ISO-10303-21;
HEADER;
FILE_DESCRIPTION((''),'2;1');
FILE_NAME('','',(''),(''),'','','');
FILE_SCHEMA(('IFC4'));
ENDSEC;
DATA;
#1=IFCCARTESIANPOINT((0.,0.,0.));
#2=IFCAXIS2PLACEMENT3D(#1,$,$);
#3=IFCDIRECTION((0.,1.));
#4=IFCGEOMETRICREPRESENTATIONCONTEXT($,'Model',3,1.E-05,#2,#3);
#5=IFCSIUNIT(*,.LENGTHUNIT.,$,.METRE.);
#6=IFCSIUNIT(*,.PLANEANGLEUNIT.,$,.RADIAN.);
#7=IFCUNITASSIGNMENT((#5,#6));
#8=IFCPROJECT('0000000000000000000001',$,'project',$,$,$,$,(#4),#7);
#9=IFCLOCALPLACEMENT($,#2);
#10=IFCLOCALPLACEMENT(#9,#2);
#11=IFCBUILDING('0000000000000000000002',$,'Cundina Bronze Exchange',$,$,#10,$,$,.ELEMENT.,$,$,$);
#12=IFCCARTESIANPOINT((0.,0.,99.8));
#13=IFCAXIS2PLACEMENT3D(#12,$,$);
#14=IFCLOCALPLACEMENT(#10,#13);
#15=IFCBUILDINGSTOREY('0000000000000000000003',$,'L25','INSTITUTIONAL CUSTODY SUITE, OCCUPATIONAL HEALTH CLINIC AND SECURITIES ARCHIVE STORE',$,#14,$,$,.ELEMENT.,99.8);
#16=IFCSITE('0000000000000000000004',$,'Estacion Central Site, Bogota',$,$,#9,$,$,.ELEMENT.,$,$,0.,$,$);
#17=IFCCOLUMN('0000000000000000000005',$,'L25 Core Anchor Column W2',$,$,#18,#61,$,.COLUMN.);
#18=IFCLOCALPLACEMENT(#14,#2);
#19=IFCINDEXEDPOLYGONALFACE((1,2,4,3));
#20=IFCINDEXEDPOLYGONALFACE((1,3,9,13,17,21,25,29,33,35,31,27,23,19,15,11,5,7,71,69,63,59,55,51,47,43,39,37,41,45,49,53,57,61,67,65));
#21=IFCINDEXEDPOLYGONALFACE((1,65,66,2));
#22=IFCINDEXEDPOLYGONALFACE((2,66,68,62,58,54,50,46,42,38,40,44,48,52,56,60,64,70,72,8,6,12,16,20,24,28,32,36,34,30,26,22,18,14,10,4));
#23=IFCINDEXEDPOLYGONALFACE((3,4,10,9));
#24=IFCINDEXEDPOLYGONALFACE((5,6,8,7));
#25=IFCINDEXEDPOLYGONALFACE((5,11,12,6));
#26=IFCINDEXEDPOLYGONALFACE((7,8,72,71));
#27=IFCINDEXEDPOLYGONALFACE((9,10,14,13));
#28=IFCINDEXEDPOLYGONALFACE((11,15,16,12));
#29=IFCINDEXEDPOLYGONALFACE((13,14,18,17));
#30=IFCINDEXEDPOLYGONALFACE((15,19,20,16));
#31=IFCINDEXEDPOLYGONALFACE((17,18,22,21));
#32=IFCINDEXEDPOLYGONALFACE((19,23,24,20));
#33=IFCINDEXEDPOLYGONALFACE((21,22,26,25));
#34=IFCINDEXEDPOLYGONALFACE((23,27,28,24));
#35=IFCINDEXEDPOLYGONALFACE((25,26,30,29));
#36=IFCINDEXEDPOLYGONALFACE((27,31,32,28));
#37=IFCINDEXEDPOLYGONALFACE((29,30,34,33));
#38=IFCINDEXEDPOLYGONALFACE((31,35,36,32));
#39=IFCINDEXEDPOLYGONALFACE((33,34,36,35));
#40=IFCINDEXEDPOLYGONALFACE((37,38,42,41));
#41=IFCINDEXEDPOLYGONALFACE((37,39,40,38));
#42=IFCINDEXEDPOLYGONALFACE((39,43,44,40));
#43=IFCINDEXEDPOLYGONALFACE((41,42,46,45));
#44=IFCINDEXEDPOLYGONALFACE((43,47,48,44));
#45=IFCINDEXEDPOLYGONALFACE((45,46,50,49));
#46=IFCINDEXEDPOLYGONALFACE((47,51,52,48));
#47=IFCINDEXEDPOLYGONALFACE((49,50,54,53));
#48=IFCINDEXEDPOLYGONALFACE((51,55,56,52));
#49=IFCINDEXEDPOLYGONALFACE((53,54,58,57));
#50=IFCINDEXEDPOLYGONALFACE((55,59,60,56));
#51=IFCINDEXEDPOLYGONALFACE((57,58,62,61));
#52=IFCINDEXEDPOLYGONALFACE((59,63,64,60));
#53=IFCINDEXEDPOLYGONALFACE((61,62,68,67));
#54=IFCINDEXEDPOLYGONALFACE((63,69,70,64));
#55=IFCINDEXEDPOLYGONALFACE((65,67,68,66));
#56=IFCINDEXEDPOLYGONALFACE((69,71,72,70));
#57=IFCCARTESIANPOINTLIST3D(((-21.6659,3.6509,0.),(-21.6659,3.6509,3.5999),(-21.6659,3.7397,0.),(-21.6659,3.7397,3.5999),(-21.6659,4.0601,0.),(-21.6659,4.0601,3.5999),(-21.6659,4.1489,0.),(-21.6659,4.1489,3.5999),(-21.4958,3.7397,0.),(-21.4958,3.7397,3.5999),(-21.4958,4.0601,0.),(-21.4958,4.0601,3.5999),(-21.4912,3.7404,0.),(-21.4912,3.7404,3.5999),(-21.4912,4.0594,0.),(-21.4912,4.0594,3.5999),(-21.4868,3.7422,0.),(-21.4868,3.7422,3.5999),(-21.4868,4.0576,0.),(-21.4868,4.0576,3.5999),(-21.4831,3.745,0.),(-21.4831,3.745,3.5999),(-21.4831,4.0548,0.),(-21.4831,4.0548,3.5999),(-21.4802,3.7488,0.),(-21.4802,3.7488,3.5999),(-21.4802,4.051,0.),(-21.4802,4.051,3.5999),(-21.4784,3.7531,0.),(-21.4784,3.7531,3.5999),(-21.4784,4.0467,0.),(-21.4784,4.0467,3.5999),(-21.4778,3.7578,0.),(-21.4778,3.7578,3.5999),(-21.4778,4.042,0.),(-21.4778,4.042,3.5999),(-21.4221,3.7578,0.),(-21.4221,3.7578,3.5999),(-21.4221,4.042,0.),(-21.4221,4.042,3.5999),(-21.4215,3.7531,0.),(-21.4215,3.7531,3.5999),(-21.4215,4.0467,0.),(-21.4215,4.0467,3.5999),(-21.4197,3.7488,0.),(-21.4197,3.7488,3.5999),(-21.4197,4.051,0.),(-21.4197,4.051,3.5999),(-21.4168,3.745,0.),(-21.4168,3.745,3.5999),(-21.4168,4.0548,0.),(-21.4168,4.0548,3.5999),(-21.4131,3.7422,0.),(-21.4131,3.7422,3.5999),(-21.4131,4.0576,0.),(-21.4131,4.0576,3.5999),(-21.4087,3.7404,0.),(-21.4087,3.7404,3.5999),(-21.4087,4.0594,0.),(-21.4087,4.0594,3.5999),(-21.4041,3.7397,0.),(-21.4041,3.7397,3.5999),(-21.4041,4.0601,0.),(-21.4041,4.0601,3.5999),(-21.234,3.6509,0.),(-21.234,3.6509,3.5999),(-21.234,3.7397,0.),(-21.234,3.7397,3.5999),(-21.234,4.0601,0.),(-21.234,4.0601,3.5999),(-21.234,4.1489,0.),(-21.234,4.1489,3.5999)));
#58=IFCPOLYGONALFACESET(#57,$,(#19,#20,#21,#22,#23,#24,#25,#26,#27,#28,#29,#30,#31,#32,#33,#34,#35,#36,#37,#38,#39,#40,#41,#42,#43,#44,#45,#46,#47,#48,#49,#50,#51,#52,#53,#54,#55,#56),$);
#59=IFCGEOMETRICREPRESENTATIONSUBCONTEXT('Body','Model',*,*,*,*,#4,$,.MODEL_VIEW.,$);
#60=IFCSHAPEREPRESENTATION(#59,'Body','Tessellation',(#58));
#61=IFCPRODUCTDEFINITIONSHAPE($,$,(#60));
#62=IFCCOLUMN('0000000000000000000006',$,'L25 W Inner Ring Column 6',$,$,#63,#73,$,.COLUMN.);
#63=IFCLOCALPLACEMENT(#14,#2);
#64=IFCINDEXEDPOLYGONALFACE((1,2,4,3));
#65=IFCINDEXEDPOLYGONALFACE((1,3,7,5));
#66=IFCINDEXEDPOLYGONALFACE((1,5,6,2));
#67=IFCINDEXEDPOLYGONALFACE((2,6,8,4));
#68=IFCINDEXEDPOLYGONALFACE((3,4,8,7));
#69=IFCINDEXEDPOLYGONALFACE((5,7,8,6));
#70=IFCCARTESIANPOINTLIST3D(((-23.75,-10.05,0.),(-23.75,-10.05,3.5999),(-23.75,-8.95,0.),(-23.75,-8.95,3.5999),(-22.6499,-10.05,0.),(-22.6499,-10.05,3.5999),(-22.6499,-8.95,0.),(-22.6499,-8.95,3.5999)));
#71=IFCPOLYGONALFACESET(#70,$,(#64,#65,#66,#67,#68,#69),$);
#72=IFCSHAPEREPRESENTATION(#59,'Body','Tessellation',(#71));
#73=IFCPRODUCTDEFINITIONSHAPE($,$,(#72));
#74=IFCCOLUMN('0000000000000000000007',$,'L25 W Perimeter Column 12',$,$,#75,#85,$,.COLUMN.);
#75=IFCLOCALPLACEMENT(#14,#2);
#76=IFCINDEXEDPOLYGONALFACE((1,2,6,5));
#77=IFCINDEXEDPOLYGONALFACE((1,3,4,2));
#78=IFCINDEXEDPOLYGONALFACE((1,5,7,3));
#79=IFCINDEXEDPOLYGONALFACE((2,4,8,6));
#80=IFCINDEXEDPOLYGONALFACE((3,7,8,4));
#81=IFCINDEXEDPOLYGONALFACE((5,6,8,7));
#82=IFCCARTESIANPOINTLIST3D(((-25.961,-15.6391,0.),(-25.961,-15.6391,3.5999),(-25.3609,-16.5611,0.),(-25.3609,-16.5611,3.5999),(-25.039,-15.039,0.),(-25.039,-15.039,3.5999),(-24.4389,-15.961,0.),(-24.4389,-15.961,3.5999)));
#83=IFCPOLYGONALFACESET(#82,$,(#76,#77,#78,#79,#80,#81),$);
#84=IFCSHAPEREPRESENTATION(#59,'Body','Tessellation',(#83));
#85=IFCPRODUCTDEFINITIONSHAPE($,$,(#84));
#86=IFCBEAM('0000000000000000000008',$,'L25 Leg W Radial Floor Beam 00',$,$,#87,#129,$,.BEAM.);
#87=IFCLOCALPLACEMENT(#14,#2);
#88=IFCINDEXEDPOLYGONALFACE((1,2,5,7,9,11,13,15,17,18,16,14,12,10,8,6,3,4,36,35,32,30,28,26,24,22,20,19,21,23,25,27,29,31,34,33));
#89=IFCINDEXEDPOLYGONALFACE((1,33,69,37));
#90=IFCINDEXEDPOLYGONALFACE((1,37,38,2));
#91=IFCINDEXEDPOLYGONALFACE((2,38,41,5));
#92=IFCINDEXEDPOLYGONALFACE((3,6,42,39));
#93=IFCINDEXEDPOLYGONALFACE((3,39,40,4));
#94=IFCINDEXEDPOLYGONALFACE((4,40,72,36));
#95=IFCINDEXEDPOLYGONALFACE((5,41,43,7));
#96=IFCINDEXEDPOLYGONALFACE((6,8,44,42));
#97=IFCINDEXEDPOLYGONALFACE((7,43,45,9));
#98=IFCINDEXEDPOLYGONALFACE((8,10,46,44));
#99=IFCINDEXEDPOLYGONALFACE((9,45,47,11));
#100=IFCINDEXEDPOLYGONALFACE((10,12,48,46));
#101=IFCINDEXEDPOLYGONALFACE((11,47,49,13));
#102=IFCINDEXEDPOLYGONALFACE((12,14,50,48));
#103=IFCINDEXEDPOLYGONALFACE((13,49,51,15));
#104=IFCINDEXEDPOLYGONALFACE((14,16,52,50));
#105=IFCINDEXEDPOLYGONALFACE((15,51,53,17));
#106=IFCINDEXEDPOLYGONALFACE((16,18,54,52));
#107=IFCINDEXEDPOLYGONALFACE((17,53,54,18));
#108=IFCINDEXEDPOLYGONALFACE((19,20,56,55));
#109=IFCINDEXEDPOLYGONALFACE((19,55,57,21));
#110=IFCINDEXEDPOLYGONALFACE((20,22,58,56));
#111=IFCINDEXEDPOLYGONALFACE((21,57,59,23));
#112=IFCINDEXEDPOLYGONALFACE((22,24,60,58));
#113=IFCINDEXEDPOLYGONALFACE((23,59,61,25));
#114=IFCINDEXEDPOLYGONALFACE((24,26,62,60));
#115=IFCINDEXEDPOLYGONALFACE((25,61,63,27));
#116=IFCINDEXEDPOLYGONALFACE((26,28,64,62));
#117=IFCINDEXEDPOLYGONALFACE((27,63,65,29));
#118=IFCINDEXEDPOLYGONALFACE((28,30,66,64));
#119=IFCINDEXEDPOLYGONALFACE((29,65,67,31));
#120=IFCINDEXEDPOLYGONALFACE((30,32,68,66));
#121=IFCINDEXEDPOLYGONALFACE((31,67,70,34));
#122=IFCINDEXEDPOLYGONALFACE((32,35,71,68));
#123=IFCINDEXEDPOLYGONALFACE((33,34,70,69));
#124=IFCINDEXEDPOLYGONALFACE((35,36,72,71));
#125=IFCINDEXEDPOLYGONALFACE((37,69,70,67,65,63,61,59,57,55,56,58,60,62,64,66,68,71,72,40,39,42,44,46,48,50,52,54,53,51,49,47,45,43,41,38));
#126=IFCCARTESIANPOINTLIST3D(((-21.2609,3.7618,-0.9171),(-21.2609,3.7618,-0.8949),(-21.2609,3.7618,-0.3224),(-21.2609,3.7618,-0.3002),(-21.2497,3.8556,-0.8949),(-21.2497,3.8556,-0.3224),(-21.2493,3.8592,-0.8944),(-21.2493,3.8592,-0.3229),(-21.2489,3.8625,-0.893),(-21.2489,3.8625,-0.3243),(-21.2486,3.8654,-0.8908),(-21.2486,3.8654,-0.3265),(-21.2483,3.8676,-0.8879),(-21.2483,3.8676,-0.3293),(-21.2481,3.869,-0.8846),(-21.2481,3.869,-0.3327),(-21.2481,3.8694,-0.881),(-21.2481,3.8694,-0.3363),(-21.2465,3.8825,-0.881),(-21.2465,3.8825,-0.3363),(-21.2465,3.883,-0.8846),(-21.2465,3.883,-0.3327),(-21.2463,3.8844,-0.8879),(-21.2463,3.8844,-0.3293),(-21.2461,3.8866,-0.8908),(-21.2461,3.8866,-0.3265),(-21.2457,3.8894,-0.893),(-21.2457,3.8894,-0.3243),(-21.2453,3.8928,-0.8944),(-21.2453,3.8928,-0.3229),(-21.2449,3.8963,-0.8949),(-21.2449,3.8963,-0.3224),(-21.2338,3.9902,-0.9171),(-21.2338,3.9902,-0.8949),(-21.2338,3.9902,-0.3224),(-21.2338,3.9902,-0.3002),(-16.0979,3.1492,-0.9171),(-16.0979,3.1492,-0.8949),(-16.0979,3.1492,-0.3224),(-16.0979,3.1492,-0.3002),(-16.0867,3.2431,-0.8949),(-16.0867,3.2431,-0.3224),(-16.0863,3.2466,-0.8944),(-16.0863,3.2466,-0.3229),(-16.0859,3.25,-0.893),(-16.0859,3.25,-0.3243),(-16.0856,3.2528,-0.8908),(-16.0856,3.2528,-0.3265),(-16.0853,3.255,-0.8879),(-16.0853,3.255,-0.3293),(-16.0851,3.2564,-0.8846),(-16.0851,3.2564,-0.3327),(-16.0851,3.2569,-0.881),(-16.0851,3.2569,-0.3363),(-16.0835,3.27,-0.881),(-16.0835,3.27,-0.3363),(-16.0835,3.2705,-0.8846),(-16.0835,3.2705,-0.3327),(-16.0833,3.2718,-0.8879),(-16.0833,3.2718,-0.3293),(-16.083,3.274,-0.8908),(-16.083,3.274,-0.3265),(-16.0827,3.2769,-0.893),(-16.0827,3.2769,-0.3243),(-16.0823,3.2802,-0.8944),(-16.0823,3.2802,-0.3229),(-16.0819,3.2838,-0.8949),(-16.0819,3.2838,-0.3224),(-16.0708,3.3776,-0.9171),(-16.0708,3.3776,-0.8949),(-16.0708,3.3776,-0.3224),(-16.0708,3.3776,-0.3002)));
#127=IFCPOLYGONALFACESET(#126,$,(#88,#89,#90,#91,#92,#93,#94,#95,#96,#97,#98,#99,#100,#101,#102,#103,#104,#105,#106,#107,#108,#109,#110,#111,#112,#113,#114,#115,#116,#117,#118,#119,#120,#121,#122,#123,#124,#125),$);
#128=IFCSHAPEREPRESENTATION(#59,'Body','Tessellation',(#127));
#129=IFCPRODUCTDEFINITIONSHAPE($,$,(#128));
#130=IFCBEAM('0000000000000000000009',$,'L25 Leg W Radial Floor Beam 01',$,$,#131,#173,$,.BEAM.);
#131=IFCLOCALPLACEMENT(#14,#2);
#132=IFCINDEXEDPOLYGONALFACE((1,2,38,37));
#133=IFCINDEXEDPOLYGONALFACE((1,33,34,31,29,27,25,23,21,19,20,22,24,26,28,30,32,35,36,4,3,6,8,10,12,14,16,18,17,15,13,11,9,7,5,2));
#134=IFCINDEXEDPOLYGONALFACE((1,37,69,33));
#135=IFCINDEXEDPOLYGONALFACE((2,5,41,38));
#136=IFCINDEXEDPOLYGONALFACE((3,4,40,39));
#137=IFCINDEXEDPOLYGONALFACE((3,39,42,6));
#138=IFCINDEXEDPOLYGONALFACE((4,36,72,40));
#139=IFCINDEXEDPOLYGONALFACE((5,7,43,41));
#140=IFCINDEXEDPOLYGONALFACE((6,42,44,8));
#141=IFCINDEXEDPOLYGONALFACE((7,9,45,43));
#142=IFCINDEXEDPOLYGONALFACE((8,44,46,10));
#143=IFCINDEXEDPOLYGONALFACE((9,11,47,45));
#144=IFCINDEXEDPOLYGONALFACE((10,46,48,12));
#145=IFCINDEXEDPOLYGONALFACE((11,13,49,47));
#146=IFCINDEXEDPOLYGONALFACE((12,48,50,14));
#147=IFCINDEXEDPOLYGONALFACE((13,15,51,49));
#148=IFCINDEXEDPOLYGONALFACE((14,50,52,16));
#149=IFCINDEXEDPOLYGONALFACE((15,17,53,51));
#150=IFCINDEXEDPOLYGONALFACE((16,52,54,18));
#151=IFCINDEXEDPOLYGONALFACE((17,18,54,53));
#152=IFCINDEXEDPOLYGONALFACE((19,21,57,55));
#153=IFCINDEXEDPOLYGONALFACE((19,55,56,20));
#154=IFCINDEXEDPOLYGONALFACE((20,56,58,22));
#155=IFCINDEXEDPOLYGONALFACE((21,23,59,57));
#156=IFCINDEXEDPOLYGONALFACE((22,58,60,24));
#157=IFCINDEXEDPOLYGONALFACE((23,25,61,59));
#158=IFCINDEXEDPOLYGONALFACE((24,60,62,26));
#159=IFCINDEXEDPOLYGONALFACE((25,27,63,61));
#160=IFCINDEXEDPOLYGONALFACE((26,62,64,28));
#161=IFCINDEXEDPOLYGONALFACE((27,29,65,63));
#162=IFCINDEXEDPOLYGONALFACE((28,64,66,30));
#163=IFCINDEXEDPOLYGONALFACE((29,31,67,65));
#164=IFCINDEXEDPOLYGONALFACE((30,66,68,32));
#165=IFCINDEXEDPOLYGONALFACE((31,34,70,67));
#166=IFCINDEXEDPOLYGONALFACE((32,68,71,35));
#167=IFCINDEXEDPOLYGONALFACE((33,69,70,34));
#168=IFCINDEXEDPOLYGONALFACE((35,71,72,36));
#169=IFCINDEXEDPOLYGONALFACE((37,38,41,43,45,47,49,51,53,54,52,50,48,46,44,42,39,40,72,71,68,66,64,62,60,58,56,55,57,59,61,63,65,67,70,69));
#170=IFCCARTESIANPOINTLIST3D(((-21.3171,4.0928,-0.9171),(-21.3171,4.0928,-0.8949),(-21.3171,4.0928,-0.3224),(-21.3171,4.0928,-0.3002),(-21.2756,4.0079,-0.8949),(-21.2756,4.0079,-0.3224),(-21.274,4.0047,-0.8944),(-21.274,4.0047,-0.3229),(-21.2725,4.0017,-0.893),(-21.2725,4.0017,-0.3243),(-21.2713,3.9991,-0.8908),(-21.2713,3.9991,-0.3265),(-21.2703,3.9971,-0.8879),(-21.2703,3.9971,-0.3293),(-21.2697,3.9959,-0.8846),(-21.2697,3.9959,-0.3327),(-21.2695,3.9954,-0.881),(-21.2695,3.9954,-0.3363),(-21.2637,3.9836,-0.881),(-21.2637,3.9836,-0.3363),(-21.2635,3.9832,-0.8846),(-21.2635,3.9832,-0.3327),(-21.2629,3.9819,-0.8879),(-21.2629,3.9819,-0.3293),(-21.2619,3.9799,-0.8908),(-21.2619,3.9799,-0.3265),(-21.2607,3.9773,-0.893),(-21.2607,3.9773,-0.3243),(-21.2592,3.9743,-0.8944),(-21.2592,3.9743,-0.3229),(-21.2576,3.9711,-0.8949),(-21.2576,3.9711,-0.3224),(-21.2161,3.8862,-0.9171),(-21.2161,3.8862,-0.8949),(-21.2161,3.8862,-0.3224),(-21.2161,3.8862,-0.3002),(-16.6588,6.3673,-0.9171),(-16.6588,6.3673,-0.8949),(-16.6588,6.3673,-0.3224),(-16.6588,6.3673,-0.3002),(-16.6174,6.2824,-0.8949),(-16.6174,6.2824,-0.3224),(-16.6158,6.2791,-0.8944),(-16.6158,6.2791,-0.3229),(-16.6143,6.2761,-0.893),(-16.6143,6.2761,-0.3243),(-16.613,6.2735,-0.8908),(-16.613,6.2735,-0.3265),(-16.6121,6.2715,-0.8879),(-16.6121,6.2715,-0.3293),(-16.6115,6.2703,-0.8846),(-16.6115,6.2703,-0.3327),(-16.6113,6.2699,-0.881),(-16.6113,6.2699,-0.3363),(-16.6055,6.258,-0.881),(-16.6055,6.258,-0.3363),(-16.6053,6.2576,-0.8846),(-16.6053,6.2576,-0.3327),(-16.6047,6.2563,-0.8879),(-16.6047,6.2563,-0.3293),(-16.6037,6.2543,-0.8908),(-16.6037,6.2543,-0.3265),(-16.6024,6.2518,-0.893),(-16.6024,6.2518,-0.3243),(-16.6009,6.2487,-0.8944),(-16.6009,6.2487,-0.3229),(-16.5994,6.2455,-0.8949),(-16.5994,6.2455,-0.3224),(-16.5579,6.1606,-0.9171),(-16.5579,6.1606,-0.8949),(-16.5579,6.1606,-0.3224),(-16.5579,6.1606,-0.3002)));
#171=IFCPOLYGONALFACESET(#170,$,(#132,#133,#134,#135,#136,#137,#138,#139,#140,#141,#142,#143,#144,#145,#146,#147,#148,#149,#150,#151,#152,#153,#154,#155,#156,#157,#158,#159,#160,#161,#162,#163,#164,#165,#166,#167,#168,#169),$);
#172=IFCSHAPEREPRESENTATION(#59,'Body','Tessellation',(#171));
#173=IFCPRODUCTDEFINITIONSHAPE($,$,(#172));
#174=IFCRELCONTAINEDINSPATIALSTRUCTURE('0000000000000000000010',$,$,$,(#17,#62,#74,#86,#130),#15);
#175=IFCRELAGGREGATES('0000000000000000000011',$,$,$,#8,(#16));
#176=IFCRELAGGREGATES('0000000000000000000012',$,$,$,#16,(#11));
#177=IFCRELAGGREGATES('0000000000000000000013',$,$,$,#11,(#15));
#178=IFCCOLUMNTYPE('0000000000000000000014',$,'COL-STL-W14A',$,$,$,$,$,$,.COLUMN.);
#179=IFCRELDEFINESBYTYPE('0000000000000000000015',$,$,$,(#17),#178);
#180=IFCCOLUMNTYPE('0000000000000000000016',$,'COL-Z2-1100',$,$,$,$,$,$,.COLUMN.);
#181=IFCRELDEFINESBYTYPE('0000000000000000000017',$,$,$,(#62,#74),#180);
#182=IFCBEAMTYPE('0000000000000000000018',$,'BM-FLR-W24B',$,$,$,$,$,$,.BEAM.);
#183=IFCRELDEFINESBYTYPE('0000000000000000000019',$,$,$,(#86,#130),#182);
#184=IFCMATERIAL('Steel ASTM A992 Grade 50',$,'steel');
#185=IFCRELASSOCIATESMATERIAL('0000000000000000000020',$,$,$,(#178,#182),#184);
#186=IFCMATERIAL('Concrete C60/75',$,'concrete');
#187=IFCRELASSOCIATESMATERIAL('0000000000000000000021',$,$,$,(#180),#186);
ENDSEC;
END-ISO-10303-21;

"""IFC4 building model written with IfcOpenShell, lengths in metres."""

from ifc_helpers import new_model, si_unit, direction, frame, origin, origin_2d, place, context, subcontext, project, spatial, rectangle, i_section, extrude, material, material_profile, profile_set, type_object, element, save


model = new_model("IFC4")

# Units and contexts
model_context = context("Model", 3, precision=1e-05, world=origin(), true_north=direction((0.0, 1.0)))
body_context = subcontext(model_context, "Body", "Model", "MODEL_VIEW")
ifc_project = project(units=[si_unit("LENGTHUNIT", "METRE"), si_unit("PLANEANGLEUNIT", "RADIAN")], contexts=[model_context])

# Site, building, storey
site_placement = place(None, origin())
site = spatial("IfcSite", under=ifc_project, at=site_placement, Name="Estacion Central Site, Bogota", CompositionType="ELEMENT", RefElevation=0.0)
building_placement = place(site_placement, origin())
building = spatial("IfcBuilding", under=site, at=building_placement, Name="Cundina Bronze Exchange", CompositionType="ELEMENT")
storey_placement = place(building_placement, frame((0.0, 0.0, 99.8)))
storey = spatial("IfcBuildingStorey", under=building, at=storey_placement, Name="L25", Description="INSTITUTIONAL CUSTODY SUITE, OCCUPATIONAL HEALTH CLINIC AND SECURITIES ARCHIVE STORE", CompositionType="ELEMENT", Elevation=99.8)

# Columns
ifc_material_1 = material(Name="Steel ASTM A992 Grade 50", Category="steel")
ifc_material_profile_1 = material_profile(ifc_material_1, i_section(OverallWidth=0.4319, OverallDepth=0.498, WebThickness=0.0557, FlangeThickness=0.0889, FilletRadius=0.0181, at=origin_2d()), Name="W14X500", Category="steel")
ifc_profile_set_1 = profile_set([ifc_material_profile_1], Name="Steel ASTM A992 Grade 50")
column_type_1 = type_object("IfcColumnType", Name="COL-STL-W14A", PredefinedType="COLUMN", material=ifc_profile_set_1)
column_placement = place(storey_placement, frame((-21.45, 3.8999, 0.0), z_axis=(0.0, 0.0, 1.0), x_axis=(1.0, 0.0, 0.0)))
element("IfcColumn", 1, at=column_placement, inside=storey, type_object=column_type_1, Name="L25 Core Anchor Column W2", PredefinedType="COLUMN", context=body_context, shape_type="SweptSolid", body=[
    extrude(i_section(OverallWidth=0.4319, OverallDepth=0.498, WebThickness=0.0557, FlangeThickness=0.0889, FilletRadius=0.0181, at=origin_2d()), origin(), (0.0, 0.0, 1.0), 3.5999),
])
ifc_material_2 = material(Name="Concrete C60/75", Category="concrete")
ifc_material_profile_2 = material_profile(ifc_material_2, rectangle(XDim=1.1001, YDim=1.1001, at=origin_2d()), Name="RC1100X1100", Category="concrete")
ifc_profile_set_2 = profile_set([ifc_material_profile_2], Name="Concrete C60/75")
column_type_2 = type_object("IfcColumnType", Name="COL-Z2-1100", PredefinedType="COLUMN", material=ifc_profile_set_2)
for number, where, z_axis, x_axis, name in (
    (2, (-23.2, -9.5, 0.0), (0.0, 0.0, 1.0), (1.0, 0.0, 0.0), "L25 W Inner Ring Column 6"),
    (3, (-25.2, -15.8, 0.0), (0.0, 0.0, 1.0), (0.8381, 0.545517, 0.0), "L25 W Perimeter Column 12"),
):
    element("IfcColumn", number, at=place(storey_placement, frame(where, z_axis=z_axis, x_axis=x_axis)), inside=storey, type_object=column_type_2, Name=name, PredefinedType="COLUMN", context=body_context, shape_type="SweptSolid", body=[
        extrude(rectangle(XDim=1.1001, YDim=1.1001, at=origin_2d()), origin(), (0.0, 0.0, 1.0), 3.5999),
    ])

# Beams
ifc_material_profile_3 = material_profile(ifc_material_1, i_section(OverallWidth=0.23, OverallDepth=0.6169, WebThickness=0.0132, FlangeThickness=0.0222, FilletRadius=0.0139, at=origin_2d()), Name="W24X94", Category="steel")
ifc_profile_set_3 = profile_set([ifc_material_profile_3], Name="Steel ASTM A992 Grade 50")
beam_type_1 = type_object("IfcBeamType", Name="BM-FLR-W24B", PredefinedType="BEAM", material=ifc_profile_set_3)
beam_1_placement = place(storey_placement, frame((-21.2473, 3.876, -0.6086), z_axis=(0.993036, -0.117814, 0.0), x_axis=(0.117814, 0.993036, 0.0)))
element("IfcBeam", 4, at=beam_1_placement, inside=storey, type_object=beam_type_1, Name="L25 Leg W Radial Floor Beam 00", PredefinedType="BEAM", context=body_context, shape_type="SweptSolid", body=[
    extrude(i_section(OverallWidth=0.23, OverallDepth=0.6169, WebThickness=0.0132, FlangeThickness=0.0222, FilletRadius=0.0139, at=origin_2d()), origin(), (0.0, 0.0, 1.0), 5.1992),
])
beam_2_placement = place(storey_placement, frame((-21.2666, 3.9895, -0.6086), z_axis=(0.898607, 0.438754, 0.0), x_axis=(-0.438754, 0.898607, 0.0)))
element("IfcBeam", 5, at=beam_2_placement, inside=storey, type_object=beam_type_1, Name="L25 Leg W Radial Floor Beam 01", PredefinedType="BEAM", context=body_context, shape_type="SweptSolid", body=[
    extrude(i_section(OverallWidth=0.23, OverallDepth=0.6169, WebThickness=0.0132, FlangeThickness=0.0222, FilletRadius=0.0139, at=origin_2d()), origin(), (0.0, 0.0, 1.0), 5.1838),
])

save(model, "model.ifc")
